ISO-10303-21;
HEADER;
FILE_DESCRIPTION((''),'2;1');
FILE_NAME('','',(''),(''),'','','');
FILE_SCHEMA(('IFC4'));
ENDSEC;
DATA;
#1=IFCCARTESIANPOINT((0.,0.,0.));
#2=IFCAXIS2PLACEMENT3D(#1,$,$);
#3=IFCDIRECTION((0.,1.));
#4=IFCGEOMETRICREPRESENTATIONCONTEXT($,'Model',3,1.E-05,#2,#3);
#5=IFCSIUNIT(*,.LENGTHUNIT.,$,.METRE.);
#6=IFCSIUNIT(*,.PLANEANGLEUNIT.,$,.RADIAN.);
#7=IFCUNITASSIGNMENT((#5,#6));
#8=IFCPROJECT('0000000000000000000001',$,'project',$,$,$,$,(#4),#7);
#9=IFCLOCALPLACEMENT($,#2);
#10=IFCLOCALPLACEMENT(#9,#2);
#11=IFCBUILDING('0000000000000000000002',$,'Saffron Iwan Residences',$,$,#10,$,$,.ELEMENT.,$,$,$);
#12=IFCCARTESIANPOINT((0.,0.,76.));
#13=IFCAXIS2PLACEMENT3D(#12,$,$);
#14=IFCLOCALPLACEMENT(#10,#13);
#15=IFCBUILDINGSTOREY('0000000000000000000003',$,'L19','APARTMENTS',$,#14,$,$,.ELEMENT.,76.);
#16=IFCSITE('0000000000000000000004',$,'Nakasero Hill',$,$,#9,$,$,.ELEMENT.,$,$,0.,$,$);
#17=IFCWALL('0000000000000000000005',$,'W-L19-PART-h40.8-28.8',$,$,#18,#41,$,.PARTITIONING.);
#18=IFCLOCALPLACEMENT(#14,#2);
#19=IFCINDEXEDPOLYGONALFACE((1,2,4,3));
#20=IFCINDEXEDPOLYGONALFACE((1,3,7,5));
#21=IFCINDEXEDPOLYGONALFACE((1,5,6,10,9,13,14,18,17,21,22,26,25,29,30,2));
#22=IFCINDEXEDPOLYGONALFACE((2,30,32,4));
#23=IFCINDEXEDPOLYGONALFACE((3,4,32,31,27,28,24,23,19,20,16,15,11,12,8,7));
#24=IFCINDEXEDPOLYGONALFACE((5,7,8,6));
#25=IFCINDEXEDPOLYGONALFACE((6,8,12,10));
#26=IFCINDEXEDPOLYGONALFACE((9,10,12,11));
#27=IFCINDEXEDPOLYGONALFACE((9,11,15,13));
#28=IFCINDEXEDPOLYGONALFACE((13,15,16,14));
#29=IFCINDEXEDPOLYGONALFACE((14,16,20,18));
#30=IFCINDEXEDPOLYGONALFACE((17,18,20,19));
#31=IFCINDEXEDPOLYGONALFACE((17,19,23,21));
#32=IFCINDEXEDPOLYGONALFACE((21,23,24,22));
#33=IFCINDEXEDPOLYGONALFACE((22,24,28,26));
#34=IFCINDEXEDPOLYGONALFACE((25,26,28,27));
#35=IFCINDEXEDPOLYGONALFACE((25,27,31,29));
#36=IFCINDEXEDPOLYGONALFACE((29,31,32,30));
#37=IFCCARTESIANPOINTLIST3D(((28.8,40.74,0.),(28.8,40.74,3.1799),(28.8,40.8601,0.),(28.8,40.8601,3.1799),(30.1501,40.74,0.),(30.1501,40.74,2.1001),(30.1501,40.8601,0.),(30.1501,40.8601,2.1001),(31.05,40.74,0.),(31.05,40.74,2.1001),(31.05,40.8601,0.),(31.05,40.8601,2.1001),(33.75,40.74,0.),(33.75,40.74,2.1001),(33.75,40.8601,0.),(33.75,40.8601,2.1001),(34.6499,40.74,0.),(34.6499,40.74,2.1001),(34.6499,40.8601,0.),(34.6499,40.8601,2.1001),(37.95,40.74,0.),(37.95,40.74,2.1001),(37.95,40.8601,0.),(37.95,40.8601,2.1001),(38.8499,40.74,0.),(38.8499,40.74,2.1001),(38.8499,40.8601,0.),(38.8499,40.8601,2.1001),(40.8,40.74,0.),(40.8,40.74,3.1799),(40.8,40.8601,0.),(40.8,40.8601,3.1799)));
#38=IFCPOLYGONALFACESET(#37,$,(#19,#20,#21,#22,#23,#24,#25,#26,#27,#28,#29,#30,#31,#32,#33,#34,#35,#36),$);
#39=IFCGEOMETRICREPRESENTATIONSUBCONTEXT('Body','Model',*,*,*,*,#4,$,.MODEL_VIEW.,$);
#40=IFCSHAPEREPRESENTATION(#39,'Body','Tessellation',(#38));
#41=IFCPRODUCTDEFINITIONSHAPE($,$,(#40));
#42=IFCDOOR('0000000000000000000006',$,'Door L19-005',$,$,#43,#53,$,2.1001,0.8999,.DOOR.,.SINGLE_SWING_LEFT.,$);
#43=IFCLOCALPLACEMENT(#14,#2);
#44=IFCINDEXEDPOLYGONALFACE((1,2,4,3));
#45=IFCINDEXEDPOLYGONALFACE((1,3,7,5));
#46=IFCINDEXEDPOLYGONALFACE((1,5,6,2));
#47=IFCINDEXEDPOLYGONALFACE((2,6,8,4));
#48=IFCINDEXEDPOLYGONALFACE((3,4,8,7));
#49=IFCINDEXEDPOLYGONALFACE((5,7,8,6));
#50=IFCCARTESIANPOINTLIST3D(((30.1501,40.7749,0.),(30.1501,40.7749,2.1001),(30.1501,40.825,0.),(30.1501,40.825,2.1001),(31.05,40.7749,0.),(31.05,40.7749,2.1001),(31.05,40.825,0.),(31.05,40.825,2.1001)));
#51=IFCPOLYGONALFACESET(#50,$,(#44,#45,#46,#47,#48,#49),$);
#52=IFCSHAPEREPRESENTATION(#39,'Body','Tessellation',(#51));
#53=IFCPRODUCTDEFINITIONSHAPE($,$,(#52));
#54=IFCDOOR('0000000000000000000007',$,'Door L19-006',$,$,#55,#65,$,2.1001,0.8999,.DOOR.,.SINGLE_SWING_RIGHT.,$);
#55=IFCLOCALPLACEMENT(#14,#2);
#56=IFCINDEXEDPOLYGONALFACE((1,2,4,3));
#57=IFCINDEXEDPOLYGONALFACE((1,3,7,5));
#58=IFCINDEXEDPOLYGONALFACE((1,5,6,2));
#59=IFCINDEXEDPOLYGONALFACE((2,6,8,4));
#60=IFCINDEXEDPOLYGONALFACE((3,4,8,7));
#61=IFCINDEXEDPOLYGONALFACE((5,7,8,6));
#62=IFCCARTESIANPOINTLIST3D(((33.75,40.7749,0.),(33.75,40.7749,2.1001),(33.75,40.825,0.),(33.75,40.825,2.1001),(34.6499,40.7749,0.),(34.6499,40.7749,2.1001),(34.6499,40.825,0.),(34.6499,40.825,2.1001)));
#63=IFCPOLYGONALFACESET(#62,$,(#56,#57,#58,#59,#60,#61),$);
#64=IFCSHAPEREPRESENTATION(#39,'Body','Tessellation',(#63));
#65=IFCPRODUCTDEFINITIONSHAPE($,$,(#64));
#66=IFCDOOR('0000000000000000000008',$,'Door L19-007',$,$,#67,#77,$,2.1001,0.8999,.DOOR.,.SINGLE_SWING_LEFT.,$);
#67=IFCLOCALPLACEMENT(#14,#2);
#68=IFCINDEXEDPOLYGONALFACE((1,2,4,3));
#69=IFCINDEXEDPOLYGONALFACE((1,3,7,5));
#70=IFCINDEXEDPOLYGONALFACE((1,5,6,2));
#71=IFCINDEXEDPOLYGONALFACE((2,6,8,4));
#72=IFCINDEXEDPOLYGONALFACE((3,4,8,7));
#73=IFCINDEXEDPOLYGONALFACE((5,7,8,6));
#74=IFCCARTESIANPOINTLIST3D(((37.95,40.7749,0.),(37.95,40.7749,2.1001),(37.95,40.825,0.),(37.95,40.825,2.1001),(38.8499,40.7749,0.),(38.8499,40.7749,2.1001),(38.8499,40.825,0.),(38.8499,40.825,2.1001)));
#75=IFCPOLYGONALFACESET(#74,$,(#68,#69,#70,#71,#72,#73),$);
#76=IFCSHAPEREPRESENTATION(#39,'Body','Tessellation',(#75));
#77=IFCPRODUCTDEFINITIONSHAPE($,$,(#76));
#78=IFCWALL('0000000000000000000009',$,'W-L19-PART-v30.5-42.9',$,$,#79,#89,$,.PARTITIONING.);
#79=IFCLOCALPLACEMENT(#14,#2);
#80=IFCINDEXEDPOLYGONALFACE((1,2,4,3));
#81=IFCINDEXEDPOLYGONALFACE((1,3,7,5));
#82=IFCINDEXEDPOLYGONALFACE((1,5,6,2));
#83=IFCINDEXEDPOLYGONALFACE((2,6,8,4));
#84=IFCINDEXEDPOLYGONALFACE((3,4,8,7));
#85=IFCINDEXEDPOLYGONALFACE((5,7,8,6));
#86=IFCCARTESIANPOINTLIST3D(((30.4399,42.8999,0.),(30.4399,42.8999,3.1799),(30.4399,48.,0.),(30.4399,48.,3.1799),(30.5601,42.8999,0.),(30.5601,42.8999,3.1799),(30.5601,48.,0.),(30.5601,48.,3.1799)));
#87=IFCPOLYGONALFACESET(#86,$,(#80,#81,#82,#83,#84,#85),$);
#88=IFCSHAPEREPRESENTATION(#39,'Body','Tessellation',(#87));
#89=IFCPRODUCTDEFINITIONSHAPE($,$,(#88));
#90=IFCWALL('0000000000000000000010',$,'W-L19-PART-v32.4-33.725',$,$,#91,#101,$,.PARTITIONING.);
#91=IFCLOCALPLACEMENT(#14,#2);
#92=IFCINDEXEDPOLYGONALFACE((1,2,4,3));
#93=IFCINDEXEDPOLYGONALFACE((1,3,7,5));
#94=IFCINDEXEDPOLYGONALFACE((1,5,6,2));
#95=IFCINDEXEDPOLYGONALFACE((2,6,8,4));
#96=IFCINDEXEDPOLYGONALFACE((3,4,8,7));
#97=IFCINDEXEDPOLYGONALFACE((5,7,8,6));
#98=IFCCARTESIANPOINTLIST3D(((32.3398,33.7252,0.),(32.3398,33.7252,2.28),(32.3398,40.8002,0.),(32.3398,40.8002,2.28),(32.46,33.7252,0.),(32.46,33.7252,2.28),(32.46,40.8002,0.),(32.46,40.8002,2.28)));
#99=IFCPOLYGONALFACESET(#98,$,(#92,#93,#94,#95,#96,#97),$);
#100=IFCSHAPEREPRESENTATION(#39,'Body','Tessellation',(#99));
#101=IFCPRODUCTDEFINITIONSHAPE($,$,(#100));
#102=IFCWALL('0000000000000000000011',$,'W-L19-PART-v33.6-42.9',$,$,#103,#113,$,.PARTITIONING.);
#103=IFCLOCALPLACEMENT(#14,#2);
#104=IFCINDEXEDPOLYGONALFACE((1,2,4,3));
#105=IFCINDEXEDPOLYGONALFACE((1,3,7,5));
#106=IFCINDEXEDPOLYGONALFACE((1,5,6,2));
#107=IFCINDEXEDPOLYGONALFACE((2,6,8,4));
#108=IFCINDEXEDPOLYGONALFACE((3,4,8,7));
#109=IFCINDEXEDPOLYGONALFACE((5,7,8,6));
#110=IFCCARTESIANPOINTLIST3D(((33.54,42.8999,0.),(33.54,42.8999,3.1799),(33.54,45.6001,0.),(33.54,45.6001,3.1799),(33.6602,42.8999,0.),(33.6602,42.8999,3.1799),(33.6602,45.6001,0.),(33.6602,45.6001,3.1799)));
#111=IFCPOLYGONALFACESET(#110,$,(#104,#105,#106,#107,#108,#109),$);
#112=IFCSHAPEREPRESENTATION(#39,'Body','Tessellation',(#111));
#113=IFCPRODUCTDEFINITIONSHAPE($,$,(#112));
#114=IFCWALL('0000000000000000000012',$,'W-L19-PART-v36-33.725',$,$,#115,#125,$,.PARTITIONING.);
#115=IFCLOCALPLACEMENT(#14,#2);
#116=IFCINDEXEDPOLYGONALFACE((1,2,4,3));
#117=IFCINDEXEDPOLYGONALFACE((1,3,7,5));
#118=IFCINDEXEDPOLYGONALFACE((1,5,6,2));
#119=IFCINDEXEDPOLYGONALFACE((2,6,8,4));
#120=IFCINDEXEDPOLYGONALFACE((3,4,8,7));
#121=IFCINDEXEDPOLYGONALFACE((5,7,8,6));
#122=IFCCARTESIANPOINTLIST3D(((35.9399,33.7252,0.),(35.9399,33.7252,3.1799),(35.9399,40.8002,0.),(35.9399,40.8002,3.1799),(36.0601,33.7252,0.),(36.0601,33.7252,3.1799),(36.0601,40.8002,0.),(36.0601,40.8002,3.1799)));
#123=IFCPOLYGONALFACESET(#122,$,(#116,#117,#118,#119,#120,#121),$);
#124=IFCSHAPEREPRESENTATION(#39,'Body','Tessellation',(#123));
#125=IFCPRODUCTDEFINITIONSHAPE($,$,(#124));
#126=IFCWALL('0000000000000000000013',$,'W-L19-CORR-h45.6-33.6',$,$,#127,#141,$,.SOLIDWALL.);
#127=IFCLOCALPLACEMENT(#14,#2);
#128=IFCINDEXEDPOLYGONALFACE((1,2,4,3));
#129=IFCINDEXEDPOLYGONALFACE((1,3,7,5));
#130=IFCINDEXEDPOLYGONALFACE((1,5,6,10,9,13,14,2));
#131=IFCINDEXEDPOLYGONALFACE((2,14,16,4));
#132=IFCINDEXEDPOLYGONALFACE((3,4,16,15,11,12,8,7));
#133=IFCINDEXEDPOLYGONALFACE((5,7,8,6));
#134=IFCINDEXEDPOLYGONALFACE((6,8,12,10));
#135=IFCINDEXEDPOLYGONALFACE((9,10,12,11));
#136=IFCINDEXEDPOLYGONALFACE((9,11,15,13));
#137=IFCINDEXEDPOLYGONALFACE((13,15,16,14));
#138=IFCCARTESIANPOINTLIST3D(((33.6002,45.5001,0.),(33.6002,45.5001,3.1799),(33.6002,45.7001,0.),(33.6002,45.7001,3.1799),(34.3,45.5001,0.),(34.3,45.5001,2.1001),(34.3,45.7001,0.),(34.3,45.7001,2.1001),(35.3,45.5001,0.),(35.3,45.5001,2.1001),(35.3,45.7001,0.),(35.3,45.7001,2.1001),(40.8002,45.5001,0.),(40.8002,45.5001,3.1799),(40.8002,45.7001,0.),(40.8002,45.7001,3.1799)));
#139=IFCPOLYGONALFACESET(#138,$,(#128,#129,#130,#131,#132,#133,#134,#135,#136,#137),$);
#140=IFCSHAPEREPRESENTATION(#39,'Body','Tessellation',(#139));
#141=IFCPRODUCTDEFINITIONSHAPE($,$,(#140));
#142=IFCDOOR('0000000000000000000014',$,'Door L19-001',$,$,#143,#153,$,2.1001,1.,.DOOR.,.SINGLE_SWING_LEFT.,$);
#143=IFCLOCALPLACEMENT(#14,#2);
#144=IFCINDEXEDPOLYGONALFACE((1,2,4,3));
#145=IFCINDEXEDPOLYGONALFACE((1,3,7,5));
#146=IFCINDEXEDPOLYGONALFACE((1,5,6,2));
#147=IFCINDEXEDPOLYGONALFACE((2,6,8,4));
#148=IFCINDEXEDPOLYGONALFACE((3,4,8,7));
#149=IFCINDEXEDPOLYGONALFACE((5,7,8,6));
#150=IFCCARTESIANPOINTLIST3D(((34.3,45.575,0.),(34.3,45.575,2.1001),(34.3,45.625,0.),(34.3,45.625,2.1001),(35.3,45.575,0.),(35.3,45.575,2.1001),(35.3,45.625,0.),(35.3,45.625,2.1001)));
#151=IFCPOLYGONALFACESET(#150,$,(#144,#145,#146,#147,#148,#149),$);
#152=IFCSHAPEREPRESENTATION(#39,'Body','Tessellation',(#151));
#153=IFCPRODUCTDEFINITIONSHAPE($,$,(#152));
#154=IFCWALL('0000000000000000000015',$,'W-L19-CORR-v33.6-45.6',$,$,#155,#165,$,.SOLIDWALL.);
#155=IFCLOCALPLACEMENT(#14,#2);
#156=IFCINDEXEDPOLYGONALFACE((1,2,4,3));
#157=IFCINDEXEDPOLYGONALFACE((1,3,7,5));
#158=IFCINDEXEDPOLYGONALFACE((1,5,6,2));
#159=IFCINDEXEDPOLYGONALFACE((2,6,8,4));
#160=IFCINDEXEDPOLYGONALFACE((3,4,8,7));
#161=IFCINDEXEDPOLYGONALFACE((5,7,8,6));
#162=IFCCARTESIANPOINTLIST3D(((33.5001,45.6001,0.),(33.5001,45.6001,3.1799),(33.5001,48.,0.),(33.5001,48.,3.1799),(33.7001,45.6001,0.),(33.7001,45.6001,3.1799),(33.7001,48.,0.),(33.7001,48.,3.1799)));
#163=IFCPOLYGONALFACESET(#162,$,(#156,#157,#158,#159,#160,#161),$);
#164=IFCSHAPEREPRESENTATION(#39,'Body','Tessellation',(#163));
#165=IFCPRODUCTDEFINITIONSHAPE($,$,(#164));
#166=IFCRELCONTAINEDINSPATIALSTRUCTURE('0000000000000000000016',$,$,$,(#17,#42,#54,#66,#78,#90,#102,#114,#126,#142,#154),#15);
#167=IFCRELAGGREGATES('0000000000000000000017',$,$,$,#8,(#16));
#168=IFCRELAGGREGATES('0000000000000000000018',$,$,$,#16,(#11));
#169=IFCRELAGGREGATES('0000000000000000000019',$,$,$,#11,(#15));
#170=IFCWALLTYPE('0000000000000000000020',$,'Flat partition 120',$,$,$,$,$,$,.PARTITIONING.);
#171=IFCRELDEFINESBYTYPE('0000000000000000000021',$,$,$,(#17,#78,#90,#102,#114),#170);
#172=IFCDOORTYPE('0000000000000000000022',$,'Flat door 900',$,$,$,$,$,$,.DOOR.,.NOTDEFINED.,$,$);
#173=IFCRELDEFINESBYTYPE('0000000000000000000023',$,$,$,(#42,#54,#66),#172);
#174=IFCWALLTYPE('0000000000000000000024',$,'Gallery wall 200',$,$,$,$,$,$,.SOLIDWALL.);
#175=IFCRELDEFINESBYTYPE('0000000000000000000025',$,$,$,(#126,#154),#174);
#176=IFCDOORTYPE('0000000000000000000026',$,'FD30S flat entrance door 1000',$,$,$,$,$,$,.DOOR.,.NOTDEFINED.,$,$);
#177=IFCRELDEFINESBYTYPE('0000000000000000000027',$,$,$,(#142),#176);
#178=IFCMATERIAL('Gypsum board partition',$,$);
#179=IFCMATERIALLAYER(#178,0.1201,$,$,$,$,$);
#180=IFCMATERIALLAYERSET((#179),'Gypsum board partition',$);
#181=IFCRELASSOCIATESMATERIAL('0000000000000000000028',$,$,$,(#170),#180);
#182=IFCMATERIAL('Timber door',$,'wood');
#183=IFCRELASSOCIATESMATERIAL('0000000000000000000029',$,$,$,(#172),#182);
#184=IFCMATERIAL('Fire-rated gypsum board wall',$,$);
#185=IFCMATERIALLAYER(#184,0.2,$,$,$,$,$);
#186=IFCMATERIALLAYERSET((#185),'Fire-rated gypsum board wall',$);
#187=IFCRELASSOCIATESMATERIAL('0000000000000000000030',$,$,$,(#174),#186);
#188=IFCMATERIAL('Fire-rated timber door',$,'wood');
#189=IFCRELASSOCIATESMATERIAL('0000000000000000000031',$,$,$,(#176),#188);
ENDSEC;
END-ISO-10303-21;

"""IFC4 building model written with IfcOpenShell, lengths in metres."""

from ifc_helpers import new_model, si_unit, direction, frame, frame_2d, origin, place, context, subcontext, project, spatial, rectangle, extrude, material, layer, layer_set, type_object, element, fill, save


model = new_model("IFC4")

# Units and contexts
model_context = context("Model", 3, precision=1e-05, world=origin(), true_north=direction((0.0, 1.0)))
body_context = subcontext(model_context, "Body", "Model", "MODEL_VIEW")
ifc_project = project(units=[si_unit("LENGTHUNIT", "METRE"), si_unit("PLANEANGLEUNIT", "RADIAN")], contexts=[model_context])

# Site, building, storey
site_placement = place(None, origin())
site = spatial("IfcSite", under=ifc_project, at=site_placement, Name="Nakasero Hill", CompositionType="ELEMENT", RefElevation=0.0)
building_placement = place(site_placement, origin())
building = spatial("IfcBuilding", under=site, at=building_placement, Name="Saffron Iwan Residences", CompositionType="ELEMENT")
storey_placement = place(building_placement, frame((0.0, 0.0, 76.0)))
storey = spatial("IfcBuildingStorey", under=building, at=storey_placement, Name="L19", Description="APARTMENTS", CompositionType="ELEMENT", Elevation=76.0)

# Wall, openings, doors
ifc_material_1 = material(Name="Gypsum board partition")
ifc_layer_1 = layer(ifc_material_1, 0.1201)
ifc_layer_set_1 = layer_set([ifc_layer_1], Name="Gypsum board partition")
wall_type_1 = type_object("IfcWallType", Name="Flat partition 120", PredefinedType="PARTITIONING", material=ifc_layer_set_1)
wall_1_placement = place(storey_placement, frame((28.8, 40.8, 0.0), z_axis=(0.0, 0.0, 1.0), x_axis=(1.0, 0.0, 0.0)))
wall_1 = element("IfcWall", 1, at=wall_1_placement, inside=storey, type_object=wall_type_1, Name="W-L19-PART-h40.8-28.8", PredefinedType="PARTITIONING", context=body_context, shape_type="SweptSolid", body=[
    extrude(rectangle(XDim=12.0, YDim=0.1201, at=frame_2d((6.0, 0.0))), origin(), (0.0, 0.0, 1.0), 3.1799),
])
opening_1_placement = place(wall_1_placement, frame((1.3501, 0.0, 0.0)))
opening_1 = element("IfcOpeningElement", 2, at=opening_1_placement, cuts=wall_1, PredefinedType="OPENING", context=body_context, shape_type="SweptSolid", body=[
    extrude(rectangle(XDim=0.8999, YDim=2.1001, at=frame_2d((0.45, 1.05))), frame((0.0, 0.0701, 0.0), z_axis=(0.0, -1.0, 0.0), x_axis=(1.0, 0.0, 0.0)), (0.0, 0.0, 1.0), 0.1401),
])
opening_2_placement = place(wall_1_placement, frame((4.95, 0.0, 0.0)))
opening_2 = element("IfcOpeningElement", 3, at=opening_2_placement, cuts=wall_1, PredefinedType="OPENING", context=body_context, shape_type="SweptSolid", body=[
    extrude(rectangle(XDim=0.8999, YDim=2.1001, at=frame_2d((0.45, 1.05))), frame((0.0, 0.0701, 0.0), z_axis=(0.0, -1.0, 0.0), x_axis=(1.0, 0.0, 0.0)), (0.0, 0.0, 1.0), 0.1401),
])
opening_3_placement = place(wall_1_placement, frame((9.1499, 0.0, 0.0)))
opening_3 = element("IfcOpeningElement", 4, at=opening_3_placement, cuts=wall_1, PredefinedType="OPENING", context=body_context, shape_type="SweptSolid", body=[
    extrude(rectangle(XDim=0.8999, YDim=2.1001, at=frame_2d((0.45, 1.05))), frame((0.0, 0.0701, 0.0), z_axis=(0.0, -1.0, 0.0), x_axis=(1.0, 0.0, 0.0)), (0.0, 0.0, 1.0), 0.1401),
])
ifc_material_2 = material(Name="Timber door", Category="wood")
door_type_1 = type_object("IfcDoorType", Name="Flat door 900", OperationType="NOTDEFINED", PredefinedType="DOOR", material=ifc_material_2)
door_1_placement = place(opening_1_placement, origin())
door_1 = element("IfcDoor", 5, at=door_1_placement, inside=storey, type_object=door_type_1, Name="Door L19-005", OperationType="SINGLE_SWING_LEFT", OverallHeight=2.1001, OverallWidth=0.8999, PredefinedType="DOOR", context=body_context, shape_type="SweptSolid", body=[
    extrude(rectangle(XDim=0.8999, YDim=2.1001, at=frame_2d((0.45, 1.05))), frame((0.0, 0.0249, 0.0), z_axis=(0.0, -1.0, 0.0), x_axis=(1.0, 0.0, 0.0)), (0.0, 0.0, 1.0), 0.05),
])
fill(opening_1, door_1)
door_2_placement = place(opening_2_placement, origin())
door_2 = element("IfcDoor", 6, at=door_2_placement, inside=storey, type_object=door_type_1, Name="Door L19-006", OperationType="SINGLE_SWING_RIGHT", OverallHeight=2.1001, OverallWidth=0.8999, PredefinedType="DOOR", context=body_context, shape_type="SweptSolid", body=[
    extrude(rectangle(XDim=0.8999, YDim=2.1001, at=frame_2d((0.45, 1.05))), frame((0.0, 0.0249, 0.0), z_axis=(0.0, -1.0, 0.0), x_axis=(1.0, 0.0, 0.0)), (0.0, 0.0, 1.0), 0.05),
])
fill(opening_2, door_2)
door_3_placement = place(opening_3_placement, origin())
door_3 = element("IfcDoor", 7, at=door_3_placement, inside=storey, type_object=door_type_1, Name="Door L19-007", OperationType="SINGLE_SWING_LEFT", OverallHeight=2.1001, OverallWidth=0.8999, PredefinedType="DOOR", context=body_context, shape_type="SweptSolid", body=[
    extrude(rectangle(XDim=0.8999, YDim=2.1001, at=frame_2d((0.45, 1.05))), frame((0.0, 0.0249, 0.0), z_axis=(0.0, -1.0, 0.0), x_axis=(1.0, 0.0, 0.0)), (0.0, 0.0, 1.0), 0.05),
])
fill(opening_3, door_3)

# Walls
wall_2_placement = place(storey_placement, frame((30.5, 42.8999, 0.0), z_axis=(0.0, 0.0, 1.0), x_axis=(0.0, 1.0, 0.0)))
element("IfcWall", 8, at=wall_2_placement, inside=storey, type_object=wall_type_1, Name="W-L19-PART-v30.5-42.9", PredefinedType="PARTITIONING", context=body_context, shape_type="SweptSolid", body=[
    extrude(rectangle(XDim=5.1001, YDim=0.1201, at=frame_2d((2.55, 0.0))), origin(), (0.0, 0.0, 1.0), 3.1799),
])
wall_3_placement = place(storey_placement, frame((32.3999, 33.7251, 0.0), z_axis=(0.0, 0.0, 1.0), x_axis=(0.0, 1.0, 0.0)))
element("IfcWall", 9, at=wall_3_placement, inside=storey, type_object=wall_type_1, Name="W-L19-PART-v32.4-33.725", PredefinedType="PARTITIONING", context=body_context, shape_type="SweptSolid", body=[
    extrude(rectangle(XDim=7.075, YDim=0.1201, at=frame_2d((3.5376, 0.0))), origin(), (0.0, 0.0, 1.0), 2.28),
])
wall_4_placement = place(storey_placement, frame((33.6001, 42.8999, 0.0), z_axis=(0.0, 0.0, 1.0), x_axis=(0.0, 1.0, 0.0)))
element("IfcWall", 10, at=wall_4_placement, inside=storey, type_object=wall_type_1, Name="W-L19-PART-v33.6-42.9", PredefinedType="PARTITIONING", context=body_context, shape_type="SweptSolid", body=[
    extrude(rectangle(XDim=2.7002, YDim=0.1201, at=frame_2d((1.3501, 0.0))), origin(), (0.0, 0.0, 1.0), 3.1799),
])
wall_5_placement = place(storey_placement, frame((36.0, 33.7251, 0.0), z_axis=(0.0, 0.0, 1.0), x_axis=(0.0, 1.0, 0.0)))
element("IfcWall", 11, at=wall_5_placement, inside=storey, type_object=wall_type_1, Name="W-L19-PART-v36-33.725", PredefinedType="PARTITIONING", context=body_context, shape_type="SweptSolid", body=[
    extrude(rectangle(XDim=7.075, YDim=0.1201, at=frame_2d((3.5376, 0.0))), origin(), (0.0, 0.0, 1.0), 3.1799),
])

# Wall, opening, door
ifc_material_3 = material(Name="Fire-rated gypsum board wall")
ifc_layer_2 = layer(ifc_material_3, 0.2)
ifc_layer_set_2 = layer_set([ifc_layer_2], Name="Fire-rated gypsum board wall")
wall_type_2 = type_object("IfcWallType", Name="Gallery wall 200", PredefinedType="SOLIDWALL", material=ifc_layer_set_2)
wall_6_placement = place(storey_placement, frame((33.6001, 45.6001, 0.0), z_axis=(0.0, 0.0, 1.0), x_axis=(1.0, 0.0, 0.0)))
wall_6 = element("IfcWall", 12, at=wall_6_placement, inside=storey, type_object=wall_type_2, Name="W-L19-CORR-h45.6-33.6", PredefinedType="SOLIDWALL", context=body_context, shape_type="SweptSolid", body=[
    extrude(rectangle(XDim=7.2, YDim=0.2, at=frame_2d((3.6001, 0.0))), origin(), (0.0, 0.0, 1.0), 3.1799),
])
opening_4_placement = place(wall_6_placement, frame((0.7, 0.0, 0.0)))
opening_4 = element("IfcOpeningElement", 13, at=opening_4_placement, cuts=wall_6, PredefinedType="OPENING", context=body_context, shape_type="SweptSolid", body=[
    extrude(rectangle(XDim=1.0, YDim=2.1001, at=frame_2d((0.5, 1.05))), frame((0.0, 0.1099, 0.0), z_axis=(0.0, -1.0, 0.0), x_axis=(1.0, 0.0, 0.0)), (0.0, 0.0, 1.0), 0.22),
])
ifc_material_4 = material(Name="Fire-rated timber door", Category="wood")
door_type_2 = type_object("IfcDoorType", Name="FD30S flat entrance door 1000", OperationType="NOTDEFINED", PredefinedType="DOOR", material=ifc_material_4)
door_4_placement = place(opening_4_placement, origin())
door_4 = element("IfcDoor", 14, at=door_4_placement, inside=storey, type_object=door_type_2, Name="Door L19-001", OperationType="SINGLE_SWING_LEFT", OverallHeight=2.1001, OverallWidth=1.0, PredefinedType="DOOR", context=body_context, shape_type="SweptSolid", body=[
    extrude(rectangle(XDim=1.0, YDim=2.1001, at=frame_2d((0.5, 1.05))), frame((0.0, 0.0249, 0.0), z_axis=(0.0, -1.0, 0.0), x_axis=(1.0, 0.0, 0.0)), (0.0, 0.0, 1.0), 0.05),
])
fill(opening_4, door_4)

# Wall
wall_7_placement = place(storey_placement, frame((33.6001, 45.6001, 0.0), z_axis=(0.0, 0.0, 1.0), x_axis=(0.0, 1.0, 0.0)))
element("IfcWall", 15, at=wall_7_placement, inside=storey, type_object=wall_type_2, Name="W-L19-CORR-v33.6-45.6", PredefinedType="SOLIDWALL", context=body_context, shape_type="SweptSolid", body=[
    extrude(rectangle(XDim=2.3999, YDim=0.2, at=frame_2d((1.2, 0.0))), origin(), (0.0, 0.0, 1.0), 3.1799),
])

save(model, "model.ifc")
